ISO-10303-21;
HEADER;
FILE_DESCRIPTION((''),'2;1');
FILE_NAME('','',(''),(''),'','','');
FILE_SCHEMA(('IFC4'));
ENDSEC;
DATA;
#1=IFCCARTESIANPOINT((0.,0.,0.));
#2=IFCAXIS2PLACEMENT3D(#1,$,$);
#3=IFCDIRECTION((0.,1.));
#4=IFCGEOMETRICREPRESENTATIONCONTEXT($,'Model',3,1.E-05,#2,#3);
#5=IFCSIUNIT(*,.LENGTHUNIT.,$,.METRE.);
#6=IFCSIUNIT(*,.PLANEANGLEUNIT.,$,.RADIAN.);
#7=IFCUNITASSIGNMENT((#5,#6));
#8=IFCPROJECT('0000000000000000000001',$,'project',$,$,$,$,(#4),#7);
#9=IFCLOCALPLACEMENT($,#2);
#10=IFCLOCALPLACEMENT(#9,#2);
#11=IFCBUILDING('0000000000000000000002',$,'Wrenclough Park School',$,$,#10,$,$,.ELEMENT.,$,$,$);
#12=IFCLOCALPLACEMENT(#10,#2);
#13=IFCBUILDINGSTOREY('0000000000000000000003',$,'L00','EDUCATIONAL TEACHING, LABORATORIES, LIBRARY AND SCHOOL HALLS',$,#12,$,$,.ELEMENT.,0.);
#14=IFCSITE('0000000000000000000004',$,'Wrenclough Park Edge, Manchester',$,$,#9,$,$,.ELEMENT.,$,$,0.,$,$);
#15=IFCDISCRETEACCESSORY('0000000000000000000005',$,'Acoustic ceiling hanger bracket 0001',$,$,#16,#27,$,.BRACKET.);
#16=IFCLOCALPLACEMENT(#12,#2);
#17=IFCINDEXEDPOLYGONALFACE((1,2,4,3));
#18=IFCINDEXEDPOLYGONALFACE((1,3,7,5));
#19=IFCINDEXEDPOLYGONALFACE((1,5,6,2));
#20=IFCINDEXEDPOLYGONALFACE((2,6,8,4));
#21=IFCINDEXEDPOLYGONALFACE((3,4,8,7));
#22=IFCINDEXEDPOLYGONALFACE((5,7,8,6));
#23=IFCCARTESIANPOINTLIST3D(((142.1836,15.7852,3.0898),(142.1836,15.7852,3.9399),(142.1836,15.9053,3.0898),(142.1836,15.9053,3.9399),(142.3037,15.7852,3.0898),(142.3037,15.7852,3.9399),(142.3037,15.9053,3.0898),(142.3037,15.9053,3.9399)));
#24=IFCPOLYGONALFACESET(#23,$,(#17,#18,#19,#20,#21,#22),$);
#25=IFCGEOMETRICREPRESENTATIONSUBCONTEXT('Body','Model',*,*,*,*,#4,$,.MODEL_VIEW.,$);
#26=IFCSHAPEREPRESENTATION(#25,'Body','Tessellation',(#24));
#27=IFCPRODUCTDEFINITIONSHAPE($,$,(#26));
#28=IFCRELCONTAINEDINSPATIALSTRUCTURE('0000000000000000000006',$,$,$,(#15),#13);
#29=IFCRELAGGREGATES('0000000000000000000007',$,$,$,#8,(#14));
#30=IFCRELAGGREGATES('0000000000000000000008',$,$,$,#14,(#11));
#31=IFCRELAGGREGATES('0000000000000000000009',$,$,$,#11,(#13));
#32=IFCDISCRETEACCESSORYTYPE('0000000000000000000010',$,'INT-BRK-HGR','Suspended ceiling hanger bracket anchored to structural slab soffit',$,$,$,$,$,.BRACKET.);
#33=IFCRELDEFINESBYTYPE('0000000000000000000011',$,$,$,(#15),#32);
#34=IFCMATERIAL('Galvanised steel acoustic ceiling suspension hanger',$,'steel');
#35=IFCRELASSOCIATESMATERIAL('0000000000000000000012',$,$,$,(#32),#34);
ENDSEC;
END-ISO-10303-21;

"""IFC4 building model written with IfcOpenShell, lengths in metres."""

from ifc_helpers import new_model, si_unit, direction, frame, origin, origin_2d, place, context, subcontext, project, spatial, rectangle, extrude, material, type_object, element, save


model = new_model("IFC4")

# Units and contexts
model_context = context("Model", 3, precision=1e-05, world=origin(), true_north=direction((0.0, 1.0)))
body_context = subcontext(model_context, "Body", "Model", "MODEL_VIEW")
ifc_project = project(units=[si_unit("LENGTHUNIT", "METRE"), si_unit("PLANEANGLEUNIT", "RADIAN")], contexts=[model_context])

# Site, building, storey
site_placement = place(None, origin())
site = spatial("IfcSite", under=ifc_project, at=site_placement, Name="Wrenclough Park Edge, Manchester", CompositionType="ELEMENT", RefElevation=0.0)
building_placement = place(site_placement, origin())
building = spatial("IfcBuilding", under=site, at=building_placement, Name="Wrenclough Park School", CompositionType="ELEMENT")
storey_placement = place(building_placement, origin())
storey = spatial("IfcBuildingStorey", under=building, at=storey_placement, Name="L00", Description="EDUCATIONAL TEACHING, LABORATORIES, LIBRARY AND SCHOOL HALLS", CompositionType="ELEMENT", Elevation=0.0)

# Discrete accessory
ifc_material_1 = material(Name="Galvanised steel acoustic ceiling suspension hanger", Category="steel")
discrete_accessory_type = type_object("IfcDiscreteAccessoryType", Name="INT-BRK-HGR", Description="Suspended ceiling hanger bracket anchored to structural slab soffit", PredefinedType="BRACKET", material=ifc_material_1)
discrete_accessory_placement = place(storey_placement, frame((142.2437, 15.8452, 3.0898), z_axis=(0.0, 0.0, 1.0), x_axis=(1.0, 0.0, 0.0)))
element("IfcDiscreteAccessory", 1, at=discrete_accessory_placement, inside=storey, type_object=discrete_accessory_type, Name="Acoustic ceiling hanger bracket 0001", PredefinedType="BRACKET", context=body_context, shape_type="SweptSolid", body=[
    extrude(rectangle(XDim=0.1201, YDim=0.1201, at=origin_2d()), origin(), (0.0, 0.0, 1.0), 0.8501),
])

save(model, "model.ifc")
